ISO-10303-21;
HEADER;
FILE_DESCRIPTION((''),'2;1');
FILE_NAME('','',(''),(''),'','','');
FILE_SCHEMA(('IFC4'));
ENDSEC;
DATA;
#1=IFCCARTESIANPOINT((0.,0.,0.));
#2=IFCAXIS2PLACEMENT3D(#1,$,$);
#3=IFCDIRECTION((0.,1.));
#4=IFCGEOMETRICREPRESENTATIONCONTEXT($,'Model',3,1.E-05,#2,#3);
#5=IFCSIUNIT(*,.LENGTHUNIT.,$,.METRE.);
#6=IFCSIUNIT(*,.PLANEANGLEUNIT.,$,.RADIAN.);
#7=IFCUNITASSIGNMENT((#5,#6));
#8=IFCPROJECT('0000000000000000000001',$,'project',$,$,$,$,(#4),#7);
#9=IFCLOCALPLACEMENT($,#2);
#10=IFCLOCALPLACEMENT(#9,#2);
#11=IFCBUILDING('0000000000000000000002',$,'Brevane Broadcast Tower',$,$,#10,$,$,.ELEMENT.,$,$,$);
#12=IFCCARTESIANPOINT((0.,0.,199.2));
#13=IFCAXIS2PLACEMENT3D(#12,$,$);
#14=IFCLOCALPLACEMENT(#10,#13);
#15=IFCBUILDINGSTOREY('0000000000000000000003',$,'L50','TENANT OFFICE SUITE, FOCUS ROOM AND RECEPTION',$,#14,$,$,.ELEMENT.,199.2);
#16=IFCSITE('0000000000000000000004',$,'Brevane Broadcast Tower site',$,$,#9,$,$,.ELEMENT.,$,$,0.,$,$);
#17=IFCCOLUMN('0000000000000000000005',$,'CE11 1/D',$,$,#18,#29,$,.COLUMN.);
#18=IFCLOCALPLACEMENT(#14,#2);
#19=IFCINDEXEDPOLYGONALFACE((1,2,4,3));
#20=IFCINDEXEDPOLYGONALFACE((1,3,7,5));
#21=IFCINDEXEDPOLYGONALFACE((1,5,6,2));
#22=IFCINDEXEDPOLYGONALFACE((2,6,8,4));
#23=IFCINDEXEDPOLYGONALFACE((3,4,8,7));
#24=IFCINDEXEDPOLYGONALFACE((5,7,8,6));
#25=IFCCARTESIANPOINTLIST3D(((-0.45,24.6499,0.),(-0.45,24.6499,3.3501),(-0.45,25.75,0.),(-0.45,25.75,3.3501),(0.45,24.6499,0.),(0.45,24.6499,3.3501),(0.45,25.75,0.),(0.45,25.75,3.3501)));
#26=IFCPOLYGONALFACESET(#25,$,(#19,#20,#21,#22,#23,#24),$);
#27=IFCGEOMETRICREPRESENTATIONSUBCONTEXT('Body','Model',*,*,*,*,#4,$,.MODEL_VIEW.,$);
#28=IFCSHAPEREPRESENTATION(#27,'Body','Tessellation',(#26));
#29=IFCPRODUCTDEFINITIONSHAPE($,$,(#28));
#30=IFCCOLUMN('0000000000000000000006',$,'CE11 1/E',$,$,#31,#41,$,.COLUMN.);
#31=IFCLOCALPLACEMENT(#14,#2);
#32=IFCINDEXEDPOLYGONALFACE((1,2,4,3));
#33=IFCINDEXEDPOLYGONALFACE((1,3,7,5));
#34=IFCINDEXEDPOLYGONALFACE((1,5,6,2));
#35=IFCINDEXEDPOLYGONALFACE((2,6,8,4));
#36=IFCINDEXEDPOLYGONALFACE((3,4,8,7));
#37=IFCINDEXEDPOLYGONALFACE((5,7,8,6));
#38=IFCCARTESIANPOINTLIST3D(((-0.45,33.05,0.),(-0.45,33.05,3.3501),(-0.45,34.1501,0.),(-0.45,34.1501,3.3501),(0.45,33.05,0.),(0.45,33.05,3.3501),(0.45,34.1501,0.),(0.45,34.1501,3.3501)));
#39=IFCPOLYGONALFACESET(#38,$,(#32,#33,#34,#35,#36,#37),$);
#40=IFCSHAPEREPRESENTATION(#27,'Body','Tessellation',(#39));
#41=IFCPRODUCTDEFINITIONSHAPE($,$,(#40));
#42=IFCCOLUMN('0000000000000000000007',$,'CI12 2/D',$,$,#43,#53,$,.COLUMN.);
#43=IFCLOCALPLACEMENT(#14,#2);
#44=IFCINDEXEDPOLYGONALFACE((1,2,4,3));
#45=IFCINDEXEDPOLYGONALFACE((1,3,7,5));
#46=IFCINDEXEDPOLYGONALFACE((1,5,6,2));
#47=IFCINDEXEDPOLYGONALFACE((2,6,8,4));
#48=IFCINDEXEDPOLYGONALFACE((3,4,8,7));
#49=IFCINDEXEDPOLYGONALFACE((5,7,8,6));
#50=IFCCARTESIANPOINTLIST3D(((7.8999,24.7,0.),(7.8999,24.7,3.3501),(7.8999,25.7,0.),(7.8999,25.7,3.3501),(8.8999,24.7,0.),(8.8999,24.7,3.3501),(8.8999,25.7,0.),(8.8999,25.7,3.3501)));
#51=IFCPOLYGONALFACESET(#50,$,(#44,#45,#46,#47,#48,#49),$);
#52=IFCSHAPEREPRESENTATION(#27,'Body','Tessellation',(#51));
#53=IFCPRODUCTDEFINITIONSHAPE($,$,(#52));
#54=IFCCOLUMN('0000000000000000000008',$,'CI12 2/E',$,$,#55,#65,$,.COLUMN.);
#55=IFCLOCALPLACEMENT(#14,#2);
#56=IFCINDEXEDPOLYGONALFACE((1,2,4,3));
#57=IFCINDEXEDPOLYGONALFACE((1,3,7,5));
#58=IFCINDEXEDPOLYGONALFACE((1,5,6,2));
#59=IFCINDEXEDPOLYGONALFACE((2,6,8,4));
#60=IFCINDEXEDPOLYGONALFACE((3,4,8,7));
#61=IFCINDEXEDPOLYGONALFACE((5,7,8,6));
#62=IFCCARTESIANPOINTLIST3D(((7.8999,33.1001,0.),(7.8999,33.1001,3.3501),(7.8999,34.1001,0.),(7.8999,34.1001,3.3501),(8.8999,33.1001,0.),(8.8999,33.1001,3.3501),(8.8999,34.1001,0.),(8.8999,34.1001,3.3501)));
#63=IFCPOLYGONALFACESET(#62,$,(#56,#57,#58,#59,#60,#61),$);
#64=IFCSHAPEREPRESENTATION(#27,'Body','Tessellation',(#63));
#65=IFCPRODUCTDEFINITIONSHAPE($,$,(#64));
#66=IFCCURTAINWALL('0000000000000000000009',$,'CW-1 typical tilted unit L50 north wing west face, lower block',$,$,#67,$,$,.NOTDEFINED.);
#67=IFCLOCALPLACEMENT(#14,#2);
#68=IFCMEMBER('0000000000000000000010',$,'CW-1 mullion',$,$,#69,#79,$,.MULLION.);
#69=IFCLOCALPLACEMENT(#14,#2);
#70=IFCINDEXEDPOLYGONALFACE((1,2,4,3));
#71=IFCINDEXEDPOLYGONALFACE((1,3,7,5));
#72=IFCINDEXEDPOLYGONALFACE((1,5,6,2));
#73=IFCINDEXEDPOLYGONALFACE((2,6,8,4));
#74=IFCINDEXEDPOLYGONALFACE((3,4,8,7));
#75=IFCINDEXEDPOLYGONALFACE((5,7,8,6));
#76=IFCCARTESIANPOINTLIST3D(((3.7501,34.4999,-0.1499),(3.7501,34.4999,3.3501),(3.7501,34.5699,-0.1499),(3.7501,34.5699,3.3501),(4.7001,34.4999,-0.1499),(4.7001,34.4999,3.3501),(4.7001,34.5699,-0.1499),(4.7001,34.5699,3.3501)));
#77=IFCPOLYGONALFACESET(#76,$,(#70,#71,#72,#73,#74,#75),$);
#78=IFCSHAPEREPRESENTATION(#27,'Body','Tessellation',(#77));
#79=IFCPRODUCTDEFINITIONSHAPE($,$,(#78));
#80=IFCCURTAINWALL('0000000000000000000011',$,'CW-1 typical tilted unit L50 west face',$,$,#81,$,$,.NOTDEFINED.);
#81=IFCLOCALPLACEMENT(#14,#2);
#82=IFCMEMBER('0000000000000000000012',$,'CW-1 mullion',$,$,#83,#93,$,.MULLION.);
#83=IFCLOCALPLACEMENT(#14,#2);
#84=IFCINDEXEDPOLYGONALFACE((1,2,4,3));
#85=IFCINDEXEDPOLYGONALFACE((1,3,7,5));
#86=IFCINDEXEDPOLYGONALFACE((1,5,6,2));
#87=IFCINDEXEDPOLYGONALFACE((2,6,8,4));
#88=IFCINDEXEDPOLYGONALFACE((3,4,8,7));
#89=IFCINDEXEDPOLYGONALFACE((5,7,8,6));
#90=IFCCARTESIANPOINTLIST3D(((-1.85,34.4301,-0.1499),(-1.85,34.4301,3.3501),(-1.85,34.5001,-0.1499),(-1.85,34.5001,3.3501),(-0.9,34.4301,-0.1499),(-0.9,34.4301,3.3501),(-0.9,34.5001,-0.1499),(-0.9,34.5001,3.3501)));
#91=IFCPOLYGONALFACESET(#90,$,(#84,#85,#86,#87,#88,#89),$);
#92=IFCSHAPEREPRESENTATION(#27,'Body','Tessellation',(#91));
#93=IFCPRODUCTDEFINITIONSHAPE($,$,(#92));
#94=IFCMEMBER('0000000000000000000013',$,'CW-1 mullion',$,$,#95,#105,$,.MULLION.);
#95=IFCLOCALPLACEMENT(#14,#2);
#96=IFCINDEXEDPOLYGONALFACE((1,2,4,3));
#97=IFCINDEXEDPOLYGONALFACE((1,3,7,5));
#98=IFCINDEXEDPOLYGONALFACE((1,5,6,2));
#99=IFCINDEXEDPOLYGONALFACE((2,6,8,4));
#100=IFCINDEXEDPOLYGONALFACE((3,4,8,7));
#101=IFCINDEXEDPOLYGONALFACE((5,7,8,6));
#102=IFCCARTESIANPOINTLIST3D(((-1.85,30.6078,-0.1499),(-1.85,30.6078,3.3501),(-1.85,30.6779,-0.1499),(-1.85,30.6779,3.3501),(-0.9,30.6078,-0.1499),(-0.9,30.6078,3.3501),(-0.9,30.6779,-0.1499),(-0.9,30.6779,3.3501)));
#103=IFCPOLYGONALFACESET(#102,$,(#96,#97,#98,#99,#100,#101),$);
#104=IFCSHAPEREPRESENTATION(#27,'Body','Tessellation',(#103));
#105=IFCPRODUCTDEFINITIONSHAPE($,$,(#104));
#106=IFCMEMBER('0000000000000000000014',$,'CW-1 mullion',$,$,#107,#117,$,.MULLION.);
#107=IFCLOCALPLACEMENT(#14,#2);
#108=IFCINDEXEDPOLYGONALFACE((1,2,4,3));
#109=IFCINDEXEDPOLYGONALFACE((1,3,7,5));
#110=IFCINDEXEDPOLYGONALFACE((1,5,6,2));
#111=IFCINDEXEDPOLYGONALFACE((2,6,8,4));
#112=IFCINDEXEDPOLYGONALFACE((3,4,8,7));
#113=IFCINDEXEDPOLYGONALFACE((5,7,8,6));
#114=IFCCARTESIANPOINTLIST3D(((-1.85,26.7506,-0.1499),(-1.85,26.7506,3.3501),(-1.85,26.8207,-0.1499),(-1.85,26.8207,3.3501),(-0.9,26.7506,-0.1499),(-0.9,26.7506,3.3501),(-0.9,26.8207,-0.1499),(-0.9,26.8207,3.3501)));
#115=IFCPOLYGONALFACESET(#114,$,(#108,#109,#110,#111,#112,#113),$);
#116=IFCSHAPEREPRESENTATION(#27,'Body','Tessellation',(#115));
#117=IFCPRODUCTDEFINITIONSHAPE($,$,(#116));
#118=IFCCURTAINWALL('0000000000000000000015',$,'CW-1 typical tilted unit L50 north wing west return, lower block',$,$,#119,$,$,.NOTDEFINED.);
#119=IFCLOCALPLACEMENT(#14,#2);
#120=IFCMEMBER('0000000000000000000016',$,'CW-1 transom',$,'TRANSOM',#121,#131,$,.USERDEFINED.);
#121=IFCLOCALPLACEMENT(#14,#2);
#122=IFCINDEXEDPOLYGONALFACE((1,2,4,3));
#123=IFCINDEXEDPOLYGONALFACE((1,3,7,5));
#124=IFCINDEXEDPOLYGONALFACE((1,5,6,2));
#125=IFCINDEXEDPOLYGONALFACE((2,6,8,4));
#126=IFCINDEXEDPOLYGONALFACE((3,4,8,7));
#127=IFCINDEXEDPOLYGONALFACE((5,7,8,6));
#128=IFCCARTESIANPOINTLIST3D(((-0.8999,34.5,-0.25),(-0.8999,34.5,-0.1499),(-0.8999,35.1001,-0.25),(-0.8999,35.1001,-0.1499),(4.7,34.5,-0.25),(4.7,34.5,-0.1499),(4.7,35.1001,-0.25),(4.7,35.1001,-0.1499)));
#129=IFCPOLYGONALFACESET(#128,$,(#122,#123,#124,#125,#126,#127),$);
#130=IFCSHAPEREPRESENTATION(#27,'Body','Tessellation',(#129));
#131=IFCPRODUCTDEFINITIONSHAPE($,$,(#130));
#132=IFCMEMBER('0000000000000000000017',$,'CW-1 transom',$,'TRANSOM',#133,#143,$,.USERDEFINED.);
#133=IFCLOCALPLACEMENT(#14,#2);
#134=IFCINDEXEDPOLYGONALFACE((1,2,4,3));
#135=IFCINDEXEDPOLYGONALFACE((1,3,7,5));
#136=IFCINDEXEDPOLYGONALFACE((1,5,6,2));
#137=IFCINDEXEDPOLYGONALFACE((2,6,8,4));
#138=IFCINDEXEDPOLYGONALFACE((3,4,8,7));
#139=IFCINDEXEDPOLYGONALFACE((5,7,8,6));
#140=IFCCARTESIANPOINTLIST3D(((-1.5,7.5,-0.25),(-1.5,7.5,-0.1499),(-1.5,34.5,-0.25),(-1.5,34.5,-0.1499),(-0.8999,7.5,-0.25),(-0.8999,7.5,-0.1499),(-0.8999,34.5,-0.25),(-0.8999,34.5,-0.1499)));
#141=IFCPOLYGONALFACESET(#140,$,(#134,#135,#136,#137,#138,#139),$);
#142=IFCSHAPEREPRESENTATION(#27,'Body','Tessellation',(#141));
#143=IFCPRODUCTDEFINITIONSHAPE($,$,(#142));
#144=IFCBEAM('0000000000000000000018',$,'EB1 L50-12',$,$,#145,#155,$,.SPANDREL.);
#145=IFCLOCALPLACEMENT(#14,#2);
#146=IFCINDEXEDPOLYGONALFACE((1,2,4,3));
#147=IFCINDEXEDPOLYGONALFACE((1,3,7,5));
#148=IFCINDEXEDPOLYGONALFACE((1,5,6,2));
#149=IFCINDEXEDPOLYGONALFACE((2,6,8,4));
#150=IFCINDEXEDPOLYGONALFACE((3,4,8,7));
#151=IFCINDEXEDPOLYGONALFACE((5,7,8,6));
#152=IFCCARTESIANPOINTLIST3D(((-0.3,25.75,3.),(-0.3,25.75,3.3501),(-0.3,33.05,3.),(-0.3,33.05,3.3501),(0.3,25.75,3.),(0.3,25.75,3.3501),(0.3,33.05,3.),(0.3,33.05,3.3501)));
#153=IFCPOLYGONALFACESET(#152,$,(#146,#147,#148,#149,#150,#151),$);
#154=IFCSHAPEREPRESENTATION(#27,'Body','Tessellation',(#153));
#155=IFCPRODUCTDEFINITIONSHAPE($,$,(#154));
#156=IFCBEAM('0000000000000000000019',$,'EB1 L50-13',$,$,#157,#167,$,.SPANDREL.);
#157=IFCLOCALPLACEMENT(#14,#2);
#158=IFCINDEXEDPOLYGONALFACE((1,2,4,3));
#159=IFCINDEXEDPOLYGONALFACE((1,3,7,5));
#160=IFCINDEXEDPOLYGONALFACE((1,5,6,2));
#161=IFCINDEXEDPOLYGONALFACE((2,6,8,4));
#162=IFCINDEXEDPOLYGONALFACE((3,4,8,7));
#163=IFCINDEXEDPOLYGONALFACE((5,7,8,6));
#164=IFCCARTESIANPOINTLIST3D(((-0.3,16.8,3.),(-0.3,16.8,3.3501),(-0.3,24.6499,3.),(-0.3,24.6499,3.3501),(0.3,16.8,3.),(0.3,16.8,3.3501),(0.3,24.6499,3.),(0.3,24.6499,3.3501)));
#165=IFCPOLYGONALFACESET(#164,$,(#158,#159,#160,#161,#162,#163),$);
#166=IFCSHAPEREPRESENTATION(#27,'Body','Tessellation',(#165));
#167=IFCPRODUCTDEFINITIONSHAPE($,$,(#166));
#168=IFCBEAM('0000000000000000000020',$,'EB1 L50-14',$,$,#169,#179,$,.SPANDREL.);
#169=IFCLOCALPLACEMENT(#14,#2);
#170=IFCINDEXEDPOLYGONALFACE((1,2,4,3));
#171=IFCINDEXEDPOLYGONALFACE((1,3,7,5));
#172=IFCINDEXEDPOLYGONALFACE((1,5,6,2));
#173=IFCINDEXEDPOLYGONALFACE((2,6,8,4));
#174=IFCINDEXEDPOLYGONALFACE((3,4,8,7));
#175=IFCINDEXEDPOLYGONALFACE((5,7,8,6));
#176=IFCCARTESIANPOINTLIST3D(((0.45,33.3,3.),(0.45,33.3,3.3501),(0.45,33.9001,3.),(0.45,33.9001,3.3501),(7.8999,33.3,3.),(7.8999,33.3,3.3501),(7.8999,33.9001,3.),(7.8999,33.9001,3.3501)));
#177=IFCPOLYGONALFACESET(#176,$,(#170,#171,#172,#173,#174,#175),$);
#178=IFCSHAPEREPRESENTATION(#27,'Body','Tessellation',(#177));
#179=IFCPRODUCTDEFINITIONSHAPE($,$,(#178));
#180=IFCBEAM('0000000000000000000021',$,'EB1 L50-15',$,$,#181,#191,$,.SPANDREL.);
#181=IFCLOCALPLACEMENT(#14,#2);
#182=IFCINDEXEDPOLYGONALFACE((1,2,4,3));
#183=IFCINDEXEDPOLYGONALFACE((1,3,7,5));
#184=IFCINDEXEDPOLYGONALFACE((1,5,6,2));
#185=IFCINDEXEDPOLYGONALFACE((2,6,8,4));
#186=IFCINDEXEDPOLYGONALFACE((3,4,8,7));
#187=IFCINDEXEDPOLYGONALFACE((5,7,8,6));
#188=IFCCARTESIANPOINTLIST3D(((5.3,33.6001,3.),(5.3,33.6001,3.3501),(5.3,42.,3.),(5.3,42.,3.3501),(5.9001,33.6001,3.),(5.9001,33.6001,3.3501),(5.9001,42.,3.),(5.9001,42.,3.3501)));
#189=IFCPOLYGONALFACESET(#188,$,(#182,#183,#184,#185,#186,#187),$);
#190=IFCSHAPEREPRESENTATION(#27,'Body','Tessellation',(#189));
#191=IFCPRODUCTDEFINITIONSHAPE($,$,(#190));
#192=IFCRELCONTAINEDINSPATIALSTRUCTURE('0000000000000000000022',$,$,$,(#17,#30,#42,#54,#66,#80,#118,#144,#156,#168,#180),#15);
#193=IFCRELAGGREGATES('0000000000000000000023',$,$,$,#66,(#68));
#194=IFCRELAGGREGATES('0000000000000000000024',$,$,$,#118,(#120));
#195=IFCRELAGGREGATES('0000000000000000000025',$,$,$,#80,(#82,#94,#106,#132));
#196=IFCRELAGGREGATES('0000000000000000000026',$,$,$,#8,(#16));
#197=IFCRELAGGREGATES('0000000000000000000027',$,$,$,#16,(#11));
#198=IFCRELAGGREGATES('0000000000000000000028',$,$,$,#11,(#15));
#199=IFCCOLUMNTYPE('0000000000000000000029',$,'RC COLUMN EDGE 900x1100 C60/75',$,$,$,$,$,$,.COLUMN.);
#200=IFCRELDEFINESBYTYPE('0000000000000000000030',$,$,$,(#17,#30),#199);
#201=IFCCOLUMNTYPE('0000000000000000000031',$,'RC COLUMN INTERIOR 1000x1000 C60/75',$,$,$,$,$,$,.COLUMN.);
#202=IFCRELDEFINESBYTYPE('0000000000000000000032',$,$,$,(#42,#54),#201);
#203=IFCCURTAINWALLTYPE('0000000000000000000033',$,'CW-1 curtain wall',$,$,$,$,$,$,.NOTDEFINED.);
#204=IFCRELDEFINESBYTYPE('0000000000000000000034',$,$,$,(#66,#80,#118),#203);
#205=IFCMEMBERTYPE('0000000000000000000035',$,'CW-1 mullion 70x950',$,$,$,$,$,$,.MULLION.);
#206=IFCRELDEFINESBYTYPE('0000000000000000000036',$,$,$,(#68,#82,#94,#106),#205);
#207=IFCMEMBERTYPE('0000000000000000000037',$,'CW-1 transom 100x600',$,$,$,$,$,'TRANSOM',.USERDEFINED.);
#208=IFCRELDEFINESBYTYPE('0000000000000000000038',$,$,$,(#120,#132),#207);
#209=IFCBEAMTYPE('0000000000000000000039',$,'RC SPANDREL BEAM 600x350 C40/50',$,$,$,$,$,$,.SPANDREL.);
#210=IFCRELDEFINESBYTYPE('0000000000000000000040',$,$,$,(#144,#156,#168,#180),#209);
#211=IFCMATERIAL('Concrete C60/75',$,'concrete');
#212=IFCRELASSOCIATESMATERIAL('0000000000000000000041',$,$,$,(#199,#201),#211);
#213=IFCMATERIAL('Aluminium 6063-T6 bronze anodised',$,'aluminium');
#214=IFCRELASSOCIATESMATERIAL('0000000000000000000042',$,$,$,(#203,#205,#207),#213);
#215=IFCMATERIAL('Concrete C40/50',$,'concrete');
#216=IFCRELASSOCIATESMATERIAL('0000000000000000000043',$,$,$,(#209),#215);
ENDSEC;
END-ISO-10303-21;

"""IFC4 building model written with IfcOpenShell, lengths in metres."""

from ifc_helpers import new_model, si_unit, direction, frame, origin, origin_2d, place, context, subcontext, project, spatial, rectangle, extrude, material, material_profile, profile_set, type_object, element, aggregate, save


model = new_model("IFC4")

# Units and contexts
model_context = context("Model", 3, precision=1e-05, world=origin(), true_north=direction((0.0, 1.0)))
body_context = subcontext(model_context, "Body", "Model", "MODEL_VIEW")
ifc_project = project(units=[si_unit("LENGTHUNIT", "METRE"), si_unit("PLANEANGLEUNIT", "RADIAN")], contexts=[model_context])

# Site, building, storey
site_placement = place(None, origin())
site = spatial("IfcSite", under=ifc_project, at=site_placement, Name="Brevane Broadcast Tower site", CompositionType="ELEMENT", RefElevation=0.0)
building_placement = place(site_placement, origin())
building = spatial("IfcBuilding", under=site, at=building_placement, Name="Brevane Broadcast Tower", CompositionType="ELEMENT")
storey_placement = place(building_placement, frame((0.0, 0.0, 199.2)))
storey = spatial("IfcBuildingStorey", under=building, at=storey_placement, Name="L50", Description="TENANT OFFICE SUITE, FOCUS ROOM AND RECEPTION", CompositionType="ELEMENT", Elevation=199.2)

# Columns
ifc_material_1 = material(Name="Concrete C60/75", Category="concrete")
ifc_material_profile_1 = material_profile(ifc_material_1, rectangle(XDim=0.8999, YDim=1.1001, at=origin_2d()), Name="RC 900x1100")
ifc_profile_set_1 = profile_set([ifc_material_profile_1], Name="Concrete C60/75")
column_type_1 = type_object("IfcColumnType", Name="RC COLUMN EDGE 900x1100 C60/75", PredefinedType="COLUMN", material=ifc_profile_set_1)
for number, where, z_axis, x_axis, name in (
    (1, (0.0, 25.2, 0.0), (0.0, 0.0, 1.0), (1.0, 0.0, 0.0), "CE11 1/D"),
    (2, (0.0, 33.6001, 0.0), (0.0, 0.0, 1.0), (1.0, 0.0, 0.0), "CE11 1/E"),
):
    element("IfcColumn", number, at=place(storey_placement, frame(where, z_axis=z_axis, x_axis=x_axis)), inside=storey, type_object=column_type_1, Name=name, PredefinedType="COLUMN", context=body_context, shape_type="SweptSolid", body=[
        extrude(rectangle(XDim=0.8999, YDim=1.1001, at=origin_2d()), origin(), (0.0, 0.0, 1.0), 3.3501),
    ])
ifc_material_profile_2 = material_profile(ifc_material_1, rectangle(XDim=1.0, YDim=1.0, at=origin_2d()), Name="RC 1000x1000")
ifc_profile_set_2 = profile_set([ifc_material_profile_2], Name="Concrete C60/75")
column_type_2 = type_object("IfcColumnType", Name="RC COLUMN INTERIOR 1000x1000 C60/75", PredefinedType="COLUMN", material=ifc_profile_set_2)
for number, where, z_axis, x_axis, name in (
    (3, (8.3999, 25.2, 0.0), (0.0, 0.0, 1.0), (1.0, 0.0, 0.0), "CI12 2/D"),
    (4, (8.3999, 33.6001, 0.0), (0.0, 0.0, 1.0), (1.0, 0.0, 0.0), "CI12 2/E"),
):
    element("IfcColumn", number, at=place(storey_placement, frame(where, z_axis=z_axis, x_axis=x_axis)), inside=storey, type_object=column_type_2, Name=name, PredefinedType="COLUMN", context=body_context, shape_type="SweptSolid", body=[
        extrude(rectangle(XDim=1.0, YDim=1.0, at=origin_2d()), origin(), (0.0, 0.0, 1.0), 3.3501),
    ])

# Curtain wall, member
ifc_material_2 = material(Name="Aluminium 6063-T6 bronze anodised", Category="aluminium")
curtain_wall_type = type_object("IfcCurtainWallType", Name="CW-1 curtain wall", PredefinedType="NOTDEFINED", material=ifc_material_2)
curtain_wall_1_placement = place(storey_placement, origin())
curtain_wall_1 = element("IfcCurtainWall", 5, at=curtain_wall_1_placement, inside=storey, type_object=curtain_wall_type, Name="CW-1 typical tilted unit L50 north wing west face, lower block", PredefinedType="NOTDEFINED")
ifc_material_profile_3 = material_profile(ifc_material_2, rectangle(XDim=0.95, YDim=0.0701, at=origin_2d()), Name="RECT 70x950")
ifc_profile_set_3 = profile_set([ifc_material_profile_3], Name="Aluminium 6063-T6 bronze anodised")
member_type_1 = type_object("IfcMemberType", Name="CW-1 mullion 70x950", PredefinedType="MULLION", material=ifc_profile_set_3)
member_1_placement = place(storey_placement, frame((4.2251, 34.5349, -0.1499), z_axis=(0.0, 0.0, 1.0), x_axis=(1.0, 0.0, 0.0)))
member_1 = element("IfcMember", 6, at=member_1_placement, type_object=member_type_1, Name="CW-1 mullion", PredefinedType="MULLION", context=body_context, shape_type="SweptSolid", body=[
    extrude(rectangle(XDim=0.95, YDim=0.0701, at=origin_2d()), origin(), (0.0, 0.0, 1.0), 3.5),
])
aggregate(curtain_wall_1, [member_1])

# Curtain wall, members
curtain_wall_2_placement = place(storey_placement, origin())
curtain_wall_2 = element("IfcCurtainWall", 7, at=curtain_wall_2_placement, inside=storey, type_object=curtain_wall_type, Name="CW-1 typical tilted unit L50 west face", PredefinedType="NOTDEFINED")
member_2_placement = place(storey_placement, frame((-1.375, 34.4651, -0.1499), z_axis=(0.0, 0.0, 1.0), x_axis=(1.0, 0.0, 0.0)))
member_2 = element("IfcMember", 8, at=member_2_placement, type_object=member_type_1, Name="CW-1 mullion", PredefinedType="MULLION", context=body_context, shape_type="SweptSolid", body=[
    extrude(rectangle(XDim=0.95, YDim=0.0701, at=origin_2d()), origin(), (0.0, 0.0, 1.0), 3.5),
])
member_3_placement = place(storey_placement, frame((-1.375, 30.6428, -0.1499), z_axis=(0.0, 0.0, 1.0), x_axis=(1.0, 0.0, 0.0)))
member_3 = element("IfcMember", 9, at=member_3_placement, type_object=member_type_1, Name="CW-1 mullion", PredefinedType="MULLION", context=body_context, shape_type="SweptSolid", body=[
    extrude(rectangle(XDim=0.95, YDim=0.0701, at=origin_2d()), origin(), (0.0, 0.0, 1.0), 3.5),
])
member_4_placement = place(storey_placement, frame((-1.375, 26.7856, -0.1499), z_axis=(0.0, 0.0, 1.0), x_axis=(1.0, 0.0, 0.0)))
member_4 = element("IfcMember", 10, at=member_4_placement, type_object=member_type_1, Name="CW-1 mullion", PredefinedType="MULLION", context=body_context, shape_type="SweptSolid", body=[
    extrude(rectangle(XDim=0.95, YDim=0.0701, at=origin_2d()), origin(), (0.0, 0.0, 1.0), 3.5),
])

# Curtain wall, member
curtain_wall_3_placement = place(storey_placement, origin())
curtain_wall_3 = element("IfcCurtainWall", 11, at=curtain_wall_3_placement, inside=storey, type_object=curtain_wall_type, Name="CW-1 typical tilted unit L50 north wing west return, lower block", PredefinedType="NOTDEFINED")
ifc_material_profile_4 = material_profile(ifc_material_2, rectangle(XDim=0.6001, YDim=0.1001, at=origin_2d()), Name="RECT 100x600")
ifc_profile_set_4 = profile_set([ifc_material_profile_4], Name="Aluminium 6063-T6 bronze anodised")
member_type_2 = type_object("IfcMemberType", Name="CW-1 transom 100x600", ElementType="TRANSOM", PredefinedType="USERDEFINED", material=ifc_profile_set_4)
member_5_placement = place(storey_placement, frame((4.7, 34.8, -0.2), z_axis=(-1.0, 0.0, 0.0), x_axis=(0.0, -1.0, 0.0)))
member_5 = element("IfcMember", 12, at=member_5_placement, type_object=member_type_2, Name="CW-1 transom", ObjectType="TRANSOM", PredefinedType="USERDEFINED", context=body_context, shape_type="SweptSolid", body=[
    extrude(rectangle(XDim=0.6001, YDim=0.1001, at=origin_2d()), origin(), (0.0, 0.0, 1.0), 5.5999),
])
aggregate(curtain_wall_3, [member_5])

# Member
member_6_placement = place(storey_placement, frame((-1.2, 34.5, -0.2), z_axis=(0.0, -1.0, 0.0), x_axis=(1.0, 0.0, 0.0)))
member_6 = element("IfcMember", 13, at=member_6_placement, type_object=member_type_2, Name="CW-1 transom", ObjectType="TRANSOM", PredefinedType="USERDEFINED", context=body_context, shape_type="SweptSolid", body=[
    extrude(rectangle(XDim=0.6001, YDim=0.1001, at=origin_2d()), origin(), (0.0, 0.0, 1.0), 27.0),
])
aggregate(curtain_wall_2, [member_2, member_3, member_4, member_6])

# Beams
ifc_material_3 = material(Name="Concrete C40/50", Category="concrete")
ifc_material_profile_5 = material_profile(ifc_material_3, rectangle(XDim=0.6001, YDim=0.3501, at=origin_2d()), Name="RC 600x350")
ifc_profile_set_5 = profile_set([ifc_material_profile_5], Name="Concrete C40/50")
beam_type = type_object("IfcBeamType", Name="RC SPANDREL BEAM 600x350 C40/50", PredefinedType="SPANDREL", material=ifc_profile_set_5)
beam_1_placement = place(storey_placement, frame((0.0, 33.05, 3.175), z_axis=(0.0, -1.0, 0.0), x_axis=(1.0, 0.0, 0.0)))
element("IfcBeam", 14, at=beam_1_placement, inside=storey, type_object=beam_type, Name="EB1 L50-12", PredefinedType="SPANDREL", context=body_context, shape_type="SweptSolid", body=[
    extrude(rectangle(XDim=0.6001, YDim=0.3501, at=origin_2d()), origin(), (0.0, 0.0, 1.0), 7.3),
])
beam_2_placement = place(storey_placement, frame((0.0, 24.6499, 3.175), z_axis=(0.0, -1.0, 0.0), x_axis=(1.0, 0.0, 0.0)))
element("IfcBeam", 15, at=beam_2_placement, inside=storey, type_object=beam_type, Name="EB1 L50-13", PredefinedType="SPANDREL", context=body_context, shape_type="SweptSolid", body=[
    extrude(rectangle(XDim=0.6001, YDim=0.3501, at=origin_2d()), origin(), (0.0, 0.0, 1.0), 7.8499),
])
beam_3_placement = place(storey_placement, frame((0.45, 33.6001, 3.175), z_axis=(1.0, 0.0, 0.0), x_axis=(0.0, 1.0, 0.0)))
element("IfcBeam", 16, at=beam_3_placement, inside=storey, type_object=beam_type, Name="EB1 L50-14", PredefinedType="SPANDREL", context=body_context, shape_type="SweptSolid", body=[
    extrude(rectangle(XDim=0.6001, YDim=0.3501, at=origin_2d()), origin(), (0.0, 0.0, 1.0), 7.45),
])
beam_4_placement = place(storey_placement, frame((5.6001, 33.6001, 3.175), z_axis=(0.0, 1.0, 0.0), x_axis=(-1.0, 0.0, 0.0)))
element("IfcBeam", 17, at=beam_4_placement, inside=storey, type_object=beam_type, Name="EB1 L50-15", PredefinedType="SPANDREL", context=body_context, shape_type="SweptSolid", body=[
    extrude(rectangle(XDim=0.6001, YDim=0.3501, at=origin_2d()), origin(), (0.0, 0.0, 1.0), 8.3999),
])

save(model, "model.ifc")
